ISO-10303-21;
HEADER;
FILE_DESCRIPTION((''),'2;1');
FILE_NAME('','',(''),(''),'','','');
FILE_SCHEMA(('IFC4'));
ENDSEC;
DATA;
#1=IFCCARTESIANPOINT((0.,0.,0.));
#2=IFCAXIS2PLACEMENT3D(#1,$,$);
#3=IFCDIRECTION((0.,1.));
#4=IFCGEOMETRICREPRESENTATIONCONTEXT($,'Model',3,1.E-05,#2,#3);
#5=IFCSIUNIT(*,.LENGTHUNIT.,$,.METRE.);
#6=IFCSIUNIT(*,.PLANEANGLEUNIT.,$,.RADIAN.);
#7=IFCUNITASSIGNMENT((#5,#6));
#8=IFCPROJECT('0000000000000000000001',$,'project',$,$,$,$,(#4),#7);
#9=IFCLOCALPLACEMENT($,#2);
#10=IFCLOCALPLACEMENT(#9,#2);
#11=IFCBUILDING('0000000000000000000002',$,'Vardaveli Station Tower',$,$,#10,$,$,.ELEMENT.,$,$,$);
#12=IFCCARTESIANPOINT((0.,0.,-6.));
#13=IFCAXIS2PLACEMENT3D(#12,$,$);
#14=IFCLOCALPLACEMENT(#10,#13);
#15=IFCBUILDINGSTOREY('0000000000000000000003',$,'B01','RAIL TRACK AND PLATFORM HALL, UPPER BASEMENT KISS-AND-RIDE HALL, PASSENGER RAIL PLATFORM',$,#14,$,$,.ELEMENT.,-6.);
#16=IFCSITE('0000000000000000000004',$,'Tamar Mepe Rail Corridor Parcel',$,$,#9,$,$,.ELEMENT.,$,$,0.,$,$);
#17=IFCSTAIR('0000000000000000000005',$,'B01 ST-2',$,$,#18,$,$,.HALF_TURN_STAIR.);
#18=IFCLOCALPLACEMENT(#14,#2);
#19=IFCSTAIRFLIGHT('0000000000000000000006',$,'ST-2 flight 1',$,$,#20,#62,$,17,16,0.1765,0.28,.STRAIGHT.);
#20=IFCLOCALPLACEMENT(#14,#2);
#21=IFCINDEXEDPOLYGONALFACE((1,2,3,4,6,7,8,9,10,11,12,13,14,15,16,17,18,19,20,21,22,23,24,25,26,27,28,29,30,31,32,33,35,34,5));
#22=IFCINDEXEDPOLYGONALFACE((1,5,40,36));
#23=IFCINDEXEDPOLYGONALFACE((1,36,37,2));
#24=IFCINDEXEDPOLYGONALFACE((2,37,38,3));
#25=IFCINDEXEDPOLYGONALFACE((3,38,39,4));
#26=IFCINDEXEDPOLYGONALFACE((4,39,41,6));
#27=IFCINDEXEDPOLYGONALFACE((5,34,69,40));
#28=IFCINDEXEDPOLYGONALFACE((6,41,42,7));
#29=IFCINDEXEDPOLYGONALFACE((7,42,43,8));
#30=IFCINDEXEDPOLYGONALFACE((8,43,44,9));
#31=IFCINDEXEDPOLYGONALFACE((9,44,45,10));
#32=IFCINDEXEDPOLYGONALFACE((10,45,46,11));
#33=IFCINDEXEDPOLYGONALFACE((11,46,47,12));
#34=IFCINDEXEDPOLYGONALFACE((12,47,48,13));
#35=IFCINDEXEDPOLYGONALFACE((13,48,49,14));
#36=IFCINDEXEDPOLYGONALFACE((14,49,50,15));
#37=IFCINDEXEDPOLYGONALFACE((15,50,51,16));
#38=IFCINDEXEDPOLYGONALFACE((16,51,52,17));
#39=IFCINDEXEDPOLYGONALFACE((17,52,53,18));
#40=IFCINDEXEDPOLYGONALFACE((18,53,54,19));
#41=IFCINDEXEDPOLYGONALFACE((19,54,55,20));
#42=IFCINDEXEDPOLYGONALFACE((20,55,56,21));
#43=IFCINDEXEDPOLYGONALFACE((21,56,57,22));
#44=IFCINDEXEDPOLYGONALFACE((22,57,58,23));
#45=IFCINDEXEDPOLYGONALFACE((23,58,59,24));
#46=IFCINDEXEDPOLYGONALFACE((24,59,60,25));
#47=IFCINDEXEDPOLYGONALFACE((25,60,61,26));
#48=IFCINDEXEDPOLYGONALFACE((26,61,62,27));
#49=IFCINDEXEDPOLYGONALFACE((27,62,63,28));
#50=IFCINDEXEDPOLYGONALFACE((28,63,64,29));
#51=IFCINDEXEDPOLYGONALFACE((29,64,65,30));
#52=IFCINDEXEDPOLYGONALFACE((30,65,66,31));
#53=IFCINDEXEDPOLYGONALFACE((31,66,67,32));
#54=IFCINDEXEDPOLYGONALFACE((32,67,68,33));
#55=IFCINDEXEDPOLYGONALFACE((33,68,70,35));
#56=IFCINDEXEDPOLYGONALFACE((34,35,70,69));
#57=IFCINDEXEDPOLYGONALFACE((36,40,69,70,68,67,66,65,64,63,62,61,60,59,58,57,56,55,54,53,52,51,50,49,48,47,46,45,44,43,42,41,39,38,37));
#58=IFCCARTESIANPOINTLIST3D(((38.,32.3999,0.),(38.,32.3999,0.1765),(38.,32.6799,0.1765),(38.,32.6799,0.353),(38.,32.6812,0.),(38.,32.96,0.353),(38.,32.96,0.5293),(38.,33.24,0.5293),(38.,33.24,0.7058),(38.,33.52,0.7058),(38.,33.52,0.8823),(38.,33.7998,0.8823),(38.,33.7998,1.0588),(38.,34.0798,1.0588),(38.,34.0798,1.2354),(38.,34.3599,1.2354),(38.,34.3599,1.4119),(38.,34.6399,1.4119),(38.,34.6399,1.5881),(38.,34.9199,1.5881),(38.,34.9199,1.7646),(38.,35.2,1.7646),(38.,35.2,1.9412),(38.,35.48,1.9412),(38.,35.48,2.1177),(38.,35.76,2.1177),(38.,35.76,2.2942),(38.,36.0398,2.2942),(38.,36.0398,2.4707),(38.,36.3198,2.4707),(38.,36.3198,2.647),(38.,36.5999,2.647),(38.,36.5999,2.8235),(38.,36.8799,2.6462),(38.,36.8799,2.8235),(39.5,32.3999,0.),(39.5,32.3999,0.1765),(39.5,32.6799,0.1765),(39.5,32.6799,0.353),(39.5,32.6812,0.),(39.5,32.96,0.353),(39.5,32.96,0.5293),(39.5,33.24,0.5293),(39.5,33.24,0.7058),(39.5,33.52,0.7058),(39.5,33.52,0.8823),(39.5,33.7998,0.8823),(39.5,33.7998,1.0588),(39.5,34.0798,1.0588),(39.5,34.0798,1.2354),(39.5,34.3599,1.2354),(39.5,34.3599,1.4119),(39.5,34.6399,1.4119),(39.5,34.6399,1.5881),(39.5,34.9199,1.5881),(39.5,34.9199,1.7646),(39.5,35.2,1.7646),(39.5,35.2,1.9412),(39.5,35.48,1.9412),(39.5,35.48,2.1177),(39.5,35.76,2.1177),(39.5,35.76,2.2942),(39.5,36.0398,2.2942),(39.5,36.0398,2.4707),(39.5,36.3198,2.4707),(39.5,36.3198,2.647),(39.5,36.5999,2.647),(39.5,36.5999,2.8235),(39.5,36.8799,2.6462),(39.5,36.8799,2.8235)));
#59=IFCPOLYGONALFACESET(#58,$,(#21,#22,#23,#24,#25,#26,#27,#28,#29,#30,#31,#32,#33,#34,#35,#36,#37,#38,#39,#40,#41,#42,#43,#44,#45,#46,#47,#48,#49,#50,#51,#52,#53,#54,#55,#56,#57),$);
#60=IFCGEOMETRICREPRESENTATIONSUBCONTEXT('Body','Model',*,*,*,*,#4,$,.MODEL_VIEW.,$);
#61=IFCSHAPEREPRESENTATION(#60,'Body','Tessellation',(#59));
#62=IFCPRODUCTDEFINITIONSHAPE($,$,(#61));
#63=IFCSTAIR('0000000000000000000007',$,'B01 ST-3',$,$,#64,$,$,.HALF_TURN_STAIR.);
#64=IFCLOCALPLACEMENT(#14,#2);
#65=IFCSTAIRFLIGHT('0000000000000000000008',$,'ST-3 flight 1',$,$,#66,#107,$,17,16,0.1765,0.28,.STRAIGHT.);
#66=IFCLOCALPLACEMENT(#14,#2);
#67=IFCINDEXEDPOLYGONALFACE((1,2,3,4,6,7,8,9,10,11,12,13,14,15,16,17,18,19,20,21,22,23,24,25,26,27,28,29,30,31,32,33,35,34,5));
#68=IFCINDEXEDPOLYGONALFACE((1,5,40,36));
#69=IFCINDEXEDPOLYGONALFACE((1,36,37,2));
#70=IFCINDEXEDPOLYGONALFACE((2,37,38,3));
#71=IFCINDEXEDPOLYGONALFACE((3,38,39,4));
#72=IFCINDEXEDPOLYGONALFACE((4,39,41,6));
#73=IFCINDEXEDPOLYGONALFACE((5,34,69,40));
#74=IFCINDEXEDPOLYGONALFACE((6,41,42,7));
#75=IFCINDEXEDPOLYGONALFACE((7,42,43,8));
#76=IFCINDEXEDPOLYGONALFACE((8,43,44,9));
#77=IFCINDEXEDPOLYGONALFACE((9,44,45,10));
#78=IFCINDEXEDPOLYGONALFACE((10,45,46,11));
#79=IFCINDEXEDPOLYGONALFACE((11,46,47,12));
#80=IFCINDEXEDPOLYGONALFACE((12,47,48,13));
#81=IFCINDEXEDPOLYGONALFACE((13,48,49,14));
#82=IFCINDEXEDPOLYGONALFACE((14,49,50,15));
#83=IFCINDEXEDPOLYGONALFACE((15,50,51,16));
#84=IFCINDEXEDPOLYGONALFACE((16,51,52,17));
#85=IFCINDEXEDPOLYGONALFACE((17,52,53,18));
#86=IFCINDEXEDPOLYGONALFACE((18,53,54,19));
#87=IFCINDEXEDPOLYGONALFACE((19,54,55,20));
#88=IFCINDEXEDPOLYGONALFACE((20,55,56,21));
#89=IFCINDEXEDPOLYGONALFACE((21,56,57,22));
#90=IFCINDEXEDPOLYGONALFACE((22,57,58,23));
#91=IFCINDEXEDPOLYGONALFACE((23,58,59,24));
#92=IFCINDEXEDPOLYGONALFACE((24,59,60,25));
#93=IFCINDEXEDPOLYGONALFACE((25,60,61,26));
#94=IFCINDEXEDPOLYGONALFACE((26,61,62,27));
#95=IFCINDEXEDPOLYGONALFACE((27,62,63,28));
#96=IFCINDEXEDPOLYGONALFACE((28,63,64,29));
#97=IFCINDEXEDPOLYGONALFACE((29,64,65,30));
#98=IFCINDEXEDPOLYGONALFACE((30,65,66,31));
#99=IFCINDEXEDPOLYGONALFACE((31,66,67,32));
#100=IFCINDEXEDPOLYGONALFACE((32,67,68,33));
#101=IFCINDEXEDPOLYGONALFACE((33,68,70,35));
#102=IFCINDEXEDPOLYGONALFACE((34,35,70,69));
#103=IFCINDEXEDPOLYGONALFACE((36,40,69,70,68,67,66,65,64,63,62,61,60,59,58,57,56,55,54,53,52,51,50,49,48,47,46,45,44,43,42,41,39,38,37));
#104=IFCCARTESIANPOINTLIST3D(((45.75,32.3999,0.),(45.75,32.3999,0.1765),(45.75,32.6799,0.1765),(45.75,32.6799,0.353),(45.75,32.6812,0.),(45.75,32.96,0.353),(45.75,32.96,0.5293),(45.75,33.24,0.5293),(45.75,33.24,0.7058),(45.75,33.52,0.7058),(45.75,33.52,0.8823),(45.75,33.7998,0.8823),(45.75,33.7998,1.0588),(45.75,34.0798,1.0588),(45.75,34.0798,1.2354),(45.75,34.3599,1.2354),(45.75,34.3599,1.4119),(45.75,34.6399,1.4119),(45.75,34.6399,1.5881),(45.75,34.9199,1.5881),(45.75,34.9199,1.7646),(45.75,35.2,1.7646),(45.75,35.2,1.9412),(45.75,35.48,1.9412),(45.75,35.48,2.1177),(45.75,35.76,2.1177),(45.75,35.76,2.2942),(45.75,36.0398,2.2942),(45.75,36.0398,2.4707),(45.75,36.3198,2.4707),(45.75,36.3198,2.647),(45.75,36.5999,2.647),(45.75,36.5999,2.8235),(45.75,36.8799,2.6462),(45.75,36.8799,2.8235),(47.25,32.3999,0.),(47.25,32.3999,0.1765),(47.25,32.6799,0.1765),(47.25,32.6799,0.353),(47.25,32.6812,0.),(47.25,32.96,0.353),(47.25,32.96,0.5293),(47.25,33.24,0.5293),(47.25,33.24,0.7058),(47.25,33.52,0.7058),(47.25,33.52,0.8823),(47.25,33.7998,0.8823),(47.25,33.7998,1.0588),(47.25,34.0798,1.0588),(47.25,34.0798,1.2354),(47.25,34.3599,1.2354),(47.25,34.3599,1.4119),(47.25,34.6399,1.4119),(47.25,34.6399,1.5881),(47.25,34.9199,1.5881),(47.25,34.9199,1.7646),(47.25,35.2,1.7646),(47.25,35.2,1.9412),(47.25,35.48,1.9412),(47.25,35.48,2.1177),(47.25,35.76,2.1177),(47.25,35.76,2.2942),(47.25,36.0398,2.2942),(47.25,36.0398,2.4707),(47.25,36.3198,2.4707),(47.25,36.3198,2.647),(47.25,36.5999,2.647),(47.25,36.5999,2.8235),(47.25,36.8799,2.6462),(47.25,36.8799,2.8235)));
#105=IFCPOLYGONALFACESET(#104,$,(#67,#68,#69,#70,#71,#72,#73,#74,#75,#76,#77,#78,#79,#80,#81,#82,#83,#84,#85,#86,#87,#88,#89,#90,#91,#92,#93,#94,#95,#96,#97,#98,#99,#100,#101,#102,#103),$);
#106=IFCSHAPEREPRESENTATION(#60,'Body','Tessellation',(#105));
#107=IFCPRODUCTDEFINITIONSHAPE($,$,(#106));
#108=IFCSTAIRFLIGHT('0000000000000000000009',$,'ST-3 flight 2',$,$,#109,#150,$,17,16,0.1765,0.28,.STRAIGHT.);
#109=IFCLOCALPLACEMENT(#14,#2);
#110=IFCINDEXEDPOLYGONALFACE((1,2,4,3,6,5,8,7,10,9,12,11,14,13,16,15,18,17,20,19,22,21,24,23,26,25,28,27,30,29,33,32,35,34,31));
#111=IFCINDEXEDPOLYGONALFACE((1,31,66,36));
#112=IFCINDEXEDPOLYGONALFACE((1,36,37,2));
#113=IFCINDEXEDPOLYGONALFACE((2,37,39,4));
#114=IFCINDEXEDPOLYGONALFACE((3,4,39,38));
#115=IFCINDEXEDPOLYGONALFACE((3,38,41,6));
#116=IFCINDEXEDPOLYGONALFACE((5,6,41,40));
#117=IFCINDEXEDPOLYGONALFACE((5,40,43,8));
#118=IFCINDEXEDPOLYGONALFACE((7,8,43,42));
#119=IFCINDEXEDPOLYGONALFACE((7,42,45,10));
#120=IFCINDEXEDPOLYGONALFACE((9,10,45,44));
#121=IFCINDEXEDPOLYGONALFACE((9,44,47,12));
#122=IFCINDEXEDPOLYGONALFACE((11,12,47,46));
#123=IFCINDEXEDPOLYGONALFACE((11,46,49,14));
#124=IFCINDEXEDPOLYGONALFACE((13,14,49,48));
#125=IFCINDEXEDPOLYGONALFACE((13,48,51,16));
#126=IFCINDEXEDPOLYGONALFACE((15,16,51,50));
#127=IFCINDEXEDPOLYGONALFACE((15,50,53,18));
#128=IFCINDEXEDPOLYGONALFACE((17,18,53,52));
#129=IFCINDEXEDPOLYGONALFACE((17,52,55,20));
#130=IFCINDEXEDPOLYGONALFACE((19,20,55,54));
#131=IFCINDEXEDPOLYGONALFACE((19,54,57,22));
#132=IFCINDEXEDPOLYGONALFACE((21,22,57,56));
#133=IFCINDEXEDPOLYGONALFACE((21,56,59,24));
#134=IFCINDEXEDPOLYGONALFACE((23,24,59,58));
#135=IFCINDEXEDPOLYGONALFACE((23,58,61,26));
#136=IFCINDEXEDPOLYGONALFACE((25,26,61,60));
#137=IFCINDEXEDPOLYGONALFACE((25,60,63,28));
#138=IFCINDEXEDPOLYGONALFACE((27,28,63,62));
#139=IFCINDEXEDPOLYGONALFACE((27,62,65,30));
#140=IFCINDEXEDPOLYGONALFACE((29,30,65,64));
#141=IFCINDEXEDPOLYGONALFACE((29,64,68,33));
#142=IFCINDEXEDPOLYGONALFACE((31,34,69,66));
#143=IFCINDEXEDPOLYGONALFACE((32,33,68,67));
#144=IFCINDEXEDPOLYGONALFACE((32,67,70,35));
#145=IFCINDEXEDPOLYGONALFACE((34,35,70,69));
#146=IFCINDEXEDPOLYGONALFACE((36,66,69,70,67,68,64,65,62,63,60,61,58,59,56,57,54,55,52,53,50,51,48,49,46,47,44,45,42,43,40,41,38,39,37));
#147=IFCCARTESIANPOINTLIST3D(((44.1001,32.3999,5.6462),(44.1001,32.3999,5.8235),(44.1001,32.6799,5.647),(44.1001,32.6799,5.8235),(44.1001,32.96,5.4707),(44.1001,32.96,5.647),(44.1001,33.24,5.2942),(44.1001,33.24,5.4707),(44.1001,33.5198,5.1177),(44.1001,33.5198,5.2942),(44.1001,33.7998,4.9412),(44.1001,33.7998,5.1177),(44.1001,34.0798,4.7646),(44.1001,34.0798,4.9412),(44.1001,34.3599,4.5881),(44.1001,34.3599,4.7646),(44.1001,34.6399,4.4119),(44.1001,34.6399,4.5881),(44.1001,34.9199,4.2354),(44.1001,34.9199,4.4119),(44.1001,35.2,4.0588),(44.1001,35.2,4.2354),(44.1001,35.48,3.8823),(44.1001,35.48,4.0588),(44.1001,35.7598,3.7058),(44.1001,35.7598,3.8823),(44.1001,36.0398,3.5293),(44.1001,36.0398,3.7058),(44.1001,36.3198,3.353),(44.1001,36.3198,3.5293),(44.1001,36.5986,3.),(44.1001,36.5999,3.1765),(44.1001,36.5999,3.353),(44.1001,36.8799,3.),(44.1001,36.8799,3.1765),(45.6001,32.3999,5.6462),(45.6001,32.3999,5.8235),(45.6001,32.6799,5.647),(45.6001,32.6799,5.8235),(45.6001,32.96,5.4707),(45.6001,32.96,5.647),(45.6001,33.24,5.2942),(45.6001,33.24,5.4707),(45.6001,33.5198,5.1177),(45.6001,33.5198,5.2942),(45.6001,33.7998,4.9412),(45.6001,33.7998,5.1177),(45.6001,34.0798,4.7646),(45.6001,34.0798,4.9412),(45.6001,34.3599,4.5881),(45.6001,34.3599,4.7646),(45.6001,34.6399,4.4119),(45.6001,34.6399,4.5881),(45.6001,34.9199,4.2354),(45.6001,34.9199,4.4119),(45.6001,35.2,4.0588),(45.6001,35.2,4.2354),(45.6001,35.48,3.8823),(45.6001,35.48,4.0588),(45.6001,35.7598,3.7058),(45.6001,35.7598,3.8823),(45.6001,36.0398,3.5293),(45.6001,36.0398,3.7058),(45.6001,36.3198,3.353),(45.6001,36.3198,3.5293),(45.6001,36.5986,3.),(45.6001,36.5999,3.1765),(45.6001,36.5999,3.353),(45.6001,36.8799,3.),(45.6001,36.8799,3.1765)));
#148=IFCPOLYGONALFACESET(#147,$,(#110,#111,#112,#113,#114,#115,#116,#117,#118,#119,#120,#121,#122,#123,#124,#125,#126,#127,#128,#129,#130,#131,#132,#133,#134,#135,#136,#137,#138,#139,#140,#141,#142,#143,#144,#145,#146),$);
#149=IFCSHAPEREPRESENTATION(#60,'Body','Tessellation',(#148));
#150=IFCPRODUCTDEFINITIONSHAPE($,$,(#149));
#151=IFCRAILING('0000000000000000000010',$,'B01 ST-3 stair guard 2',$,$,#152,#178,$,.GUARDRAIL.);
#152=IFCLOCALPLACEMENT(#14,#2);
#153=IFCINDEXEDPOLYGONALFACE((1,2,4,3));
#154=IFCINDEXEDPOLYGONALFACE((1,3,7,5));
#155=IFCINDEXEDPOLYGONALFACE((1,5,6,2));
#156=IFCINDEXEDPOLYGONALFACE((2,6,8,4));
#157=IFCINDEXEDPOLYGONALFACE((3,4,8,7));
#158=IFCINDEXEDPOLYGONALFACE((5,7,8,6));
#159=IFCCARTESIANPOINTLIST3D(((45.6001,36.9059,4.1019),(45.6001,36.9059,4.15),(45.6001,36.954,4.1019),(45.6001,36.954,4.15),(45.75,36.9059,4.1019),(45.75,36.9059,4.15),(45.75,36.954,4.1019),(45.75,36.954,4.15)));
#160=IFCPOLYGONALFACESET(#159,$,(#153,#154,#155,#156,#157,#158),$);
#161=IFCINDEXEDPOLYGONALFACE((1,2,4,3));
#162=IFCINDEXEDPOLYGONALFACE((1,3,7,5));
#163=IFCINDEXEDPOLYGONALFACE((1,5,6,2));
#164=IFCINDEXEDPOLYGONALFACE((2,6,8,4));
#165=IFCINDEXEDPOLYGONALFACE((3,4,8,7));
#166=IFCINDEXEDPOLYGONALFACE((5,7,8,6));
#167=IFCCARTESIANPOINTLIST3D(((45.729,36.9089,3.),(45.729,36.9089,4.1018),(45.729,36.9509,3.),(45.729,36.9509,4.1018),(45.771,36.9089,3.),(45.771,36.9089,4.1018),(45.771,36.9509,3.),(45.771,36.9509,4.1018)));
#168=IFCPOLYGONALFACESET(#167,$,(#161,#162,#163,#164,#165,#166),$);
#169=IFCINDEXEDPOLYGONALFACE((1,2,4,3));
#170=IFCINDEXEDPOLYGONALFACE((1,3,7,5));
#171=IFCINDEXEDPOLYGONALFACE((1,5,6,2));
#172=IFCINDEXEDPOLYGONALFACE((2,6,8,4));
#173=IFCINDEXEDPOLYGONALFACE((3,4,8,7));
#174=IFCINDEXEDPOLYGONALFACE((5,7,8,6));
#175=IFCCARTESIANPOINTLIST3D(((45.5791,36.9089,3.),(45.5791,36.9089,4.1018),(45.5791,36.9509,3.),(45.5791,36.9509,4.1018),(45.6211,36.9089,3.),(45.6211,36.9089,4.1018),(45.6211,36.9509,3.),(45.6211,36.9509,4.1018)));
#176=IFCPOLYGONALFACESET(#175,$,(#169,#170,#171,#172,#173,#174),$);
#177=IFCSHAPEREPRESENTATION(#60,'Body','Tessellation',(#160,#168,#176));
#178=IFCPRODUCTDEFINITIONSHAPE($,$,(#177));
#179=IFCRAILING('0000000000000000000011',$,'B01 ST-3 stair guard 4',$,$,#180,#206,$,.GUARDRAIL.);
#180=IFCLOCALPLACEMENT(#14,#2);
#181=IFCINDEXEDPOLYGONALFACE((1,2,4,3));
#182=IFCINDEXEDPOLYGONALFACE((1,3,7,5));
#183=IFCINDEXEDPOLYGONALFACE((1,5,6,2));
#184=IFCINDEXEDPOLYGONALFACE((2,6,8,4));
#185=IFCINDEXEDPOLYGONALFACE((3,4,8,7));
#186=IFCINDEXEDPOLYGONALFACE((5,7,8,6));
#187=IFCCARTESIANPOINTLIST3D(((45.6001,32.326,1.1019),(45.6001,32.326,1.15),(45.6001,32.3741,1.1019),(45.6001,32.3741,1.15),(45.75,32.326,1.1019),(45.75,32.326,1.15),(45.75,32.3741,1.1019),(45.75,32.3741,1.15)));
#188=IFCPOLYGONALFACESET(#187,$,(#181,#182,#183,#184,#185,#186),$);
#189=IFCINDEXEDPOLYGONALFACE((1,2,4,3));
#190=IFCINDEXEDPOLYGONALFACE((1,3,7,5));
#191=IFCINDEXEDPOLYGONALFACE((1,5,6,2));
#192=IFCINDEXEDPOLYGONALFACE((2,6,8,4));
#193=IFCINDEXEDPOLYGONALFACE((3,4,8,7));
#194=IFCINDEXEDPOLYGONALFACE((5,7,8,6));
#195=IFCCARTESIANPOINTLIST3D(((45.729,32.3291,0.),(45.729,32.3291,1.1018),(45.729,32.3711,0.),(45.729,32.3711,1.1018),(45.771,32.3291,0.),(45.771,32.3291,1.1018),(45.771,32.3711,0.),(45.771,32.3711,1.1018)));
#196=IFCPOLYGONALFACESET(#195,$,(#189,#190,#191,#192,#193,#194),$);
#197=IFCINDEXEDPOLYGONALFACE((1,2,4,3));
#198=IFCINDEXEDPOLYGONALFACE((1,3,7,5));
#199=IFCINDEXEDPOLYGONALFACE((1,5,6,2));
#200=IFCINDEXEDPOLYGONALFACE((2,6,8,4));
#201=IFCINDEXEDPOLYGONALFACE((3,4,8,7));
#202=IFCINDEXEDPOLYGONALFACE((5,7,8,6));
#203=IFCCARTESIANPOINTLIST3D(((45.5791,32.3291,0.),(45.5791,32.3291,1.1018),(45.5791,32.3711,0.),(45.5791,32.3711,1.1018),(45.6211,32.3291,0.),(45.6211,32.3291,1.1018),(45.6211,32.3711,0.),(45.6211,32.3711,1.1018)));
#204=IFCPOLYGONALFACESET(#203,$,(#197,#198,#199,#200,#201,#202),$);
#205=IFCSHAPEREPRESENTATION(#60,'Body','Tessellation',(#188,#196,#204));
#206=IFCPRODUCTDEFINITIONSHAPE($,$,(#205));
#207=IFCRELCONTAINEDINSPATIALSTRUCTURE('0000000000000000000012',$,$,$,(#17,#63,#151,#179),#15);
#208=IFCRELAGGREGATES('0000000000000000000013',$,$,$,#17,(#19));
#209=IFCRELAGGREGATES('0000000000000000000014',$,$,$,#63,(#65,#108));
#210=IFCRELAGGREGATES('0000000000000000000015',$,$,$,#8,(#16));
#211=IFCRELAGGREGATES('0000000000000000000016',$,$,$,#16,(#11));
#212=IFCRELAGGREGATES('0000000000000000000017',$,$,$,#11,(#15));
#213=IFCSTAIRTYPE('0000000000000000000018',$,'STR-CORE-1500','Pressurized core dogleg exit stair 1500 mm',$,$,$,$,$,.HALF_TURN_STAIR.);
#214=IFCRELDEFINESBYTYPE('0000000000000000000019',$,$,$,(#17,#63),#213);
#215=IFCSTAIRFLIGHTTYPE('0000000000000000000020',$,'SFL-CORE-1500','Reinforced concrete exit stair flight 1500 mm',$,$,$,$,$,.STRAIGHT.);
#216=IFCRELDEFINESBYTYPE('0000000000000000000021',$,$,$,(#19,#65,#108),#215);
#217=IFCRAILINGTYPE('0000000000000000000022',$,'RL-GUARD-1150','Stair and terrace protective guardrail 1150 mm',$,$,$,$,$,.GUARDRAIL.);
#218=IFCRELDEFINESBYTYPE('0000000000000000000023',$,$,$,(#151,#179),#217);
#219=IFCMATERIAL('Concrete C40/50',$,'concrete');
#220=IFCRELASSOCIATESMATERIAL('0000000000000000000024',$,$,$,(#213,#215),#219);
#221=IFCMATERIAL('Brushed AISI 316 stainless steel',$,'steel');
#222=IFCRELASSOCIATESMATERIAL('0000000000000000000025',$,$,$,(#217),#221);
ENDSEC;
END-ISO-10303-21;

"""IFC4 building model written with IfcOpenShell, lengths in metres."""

from ifc_helpers import new_model, si_unit, direction, frame, origin, origin_2d, place, context, subcontext, project, spatial, polyline, rectangle, outline, extrude, source, transform, mapped, material, type_object, element, aggregate, save


model = new_model("IFC4")

# Units and contexts
model_context = context("Model", 3, precision=1e-05, world=origin(), true_north=direction((0.0, 1.0)))
body_context = subcontext(model_context, "Body", "Model", "MODEL_VIEW")
ifc_project = project(units=[si_unit("LENGTHUNIT", "METRE"), si_unit("PLANEANGLEUNIT", "RADIAN")], contexts=[model_context])

# Site, building, storey
site_placement = place(None, origin())
site = spatial("IfcSite", under=ifc_project, at=site_placement, Name="Tamar Mepe Rail Corridor Parcel", CompositionType="ELEMENT", RefElevation=0.0)
building_placement = place(site_placement, origin())
building = spatial("IfcBuilding", under=site, at=building_placement, Name="Vardaveli Station Tower", CompositionType="ELEMENT")
storey_placement = place(building_placement, frame((0.0, 0.0, -6.0)))
storey = spatial("IfcBuildingStorey", under=building, at=storey_placement, Name="B01", Description="RAIL TRACK AND PLATFORM HALL, UPPER BASEMENT KISS-AND-RIDE HALL, PASSENGER RAIL PLATFORM", CompositionType="ELEMENT", Elevation=-6.0)

# Shared definitions
ifc_material_1 = material(Name="Concrete C40/50", Category="concrete")

# Stair, stair flight
stair_type = type_object("IfcStairType", Name="STR-CORE-1500", Description="Pressurized core dogleg exit stair 1500 mm", PredefinedType="HALF_TURN_STAIR", material=ifc_material_1)
stair_1_placement = place(storey_placement, origin())
stair_1 = element("IfcStair", 1, at=stair_1_placement, inside=storey, type_object=stair_type, Name="B01 ST-2", PredefinedType="HALF_TURN_STAIR")
stair_flight_type = type_object("IfcStairFlightType", Name="SFL-CORE-1500", Description="Reinforced concrete exit stair flight 1500 mm", PredefinedType="STRAIGHT", material=ifc_material_1)
shared_shape_1 = source(origin(), body_context, "Body", "SweptSolid", [
    extrude(outline(polyline([(0.0, 0.0), (0.0, 0.1765), (0.28, 0.1765), (0.28, 0.353), (0.5601, 0.353), (0.5601, 0.5293), (0.8401, 0.5293), (0.8401, 0.7058), (1.1201, 0.7058), (1.1201, 0.8823), (1.3999, 0.8823), (1.3999, 1.0588), (1.6799, 1.0588), (1.6799, 1.2354), (1.96, 1.2354), (1.96, 1.4119), (2.24, 1.4119), (2.24, 1.5881), (2.52, 1.5881), (2.52, 1.7646), (2.8, 1.7646), (2.8, 1.9412), (3.0801, 1.9412), (3.0801, 2.1177), (3.3601, 2.1177), (3.3601, 2.2942), (3.6399, 2.2942), (3.6399, 2.4707), (3.9199, 2.4707), (3.9199, 2.647), (4.2, 2.647), (4.2, 2.8235), (4.48, 2.8235), (4.48, 3.0), (4.48, 2.6462), (0.2812, 0.0), (0.0, 0.0)])), frame((0.0, 0.75, 0.0), z_axis=(0.0, -1.0, 0.0), x_axis=(1.0, 0.0, 0.0)), (0.0, 0.0, 1.0), 1.5),
])
stair_flight_1_placement = place(storey_placement, frame((38.75, 32.3999, 0.0), z_axis=(0.0, 0.0, 1.0), x_axis=(0.0, 1.0, 0.0)))
stair_flight_1 = element("IfcStairFlight", 2, at=stair_flight_1_placement, type_object=stair_flight_type, Name="ST-2 flight 1", NumberOfRisers=17, NumberOfTreads=16, PredefinedType="STRAIGHT", RiserHeight=0.1765, TreadLength=0.28, context=body_context, shape_type="MappedRepresentation", body=[
    mapped(shared_shape_1, transform((0.0, 0.0, 0.0), scale=1.0)),
])
aggregate(stair_1, [stair_flight_1])

# Stair, stair flights
stair_2_placement = place(storey_placement, origin())
stair_2 = element("IfcStair", 3, at=stair_2_placement, inside=storey, type_object=stair_type, Name="B01 ST-3", PredefinedType="HALF_TURN_STAIR")
stair_flight_2_placement = place(storey_placement, frame((46.5, 32.3999, 0.0), z_axis=(0.0, 0.0, 1.0), x_axis=(0.0, 1.0, 0.0)))
stair_flight_2 = element("IfcStairFlight", 4, at=stair_flight_2_placement, type_object=stair_flight_type, Name="ST-3 flight 1", NumberOfRisers=17, NumberOfTreads=16, PredefinedType="STRAIGHT", RiserHeight=0.1765, TreadLength=0.28, context=body_context, shape_type="MappedRepresentation", body=[
    mapped(shared_shape_1, transform((0.0, 0.0, 0.0), scale=1.0)),
])
stair_flight_3_placement = place(storey_placement, frame((44.8501, 36.8799, 3.0), z_axis=(0.0, 0.0, 1.0), x_axis=(0.0, -1.0, 0.0)))
stair_flight_3 = element("IfcStairFlight", 5, at=stair_flight_3_placement, type_object=stair_flight_type, Name="ST-3 flight 2", NumberOfRisers=17, NumberOfTreads=16, PredefinedType="STRAIGHT", RiserHeight=0.1765, TreadLength=0.28, context=body_context, shape_type="MappedRepresentation", body=[
    mapped(shared_shape_1, transform((0.0, 0.0, 0.0), scale=1.0)),
])
aggregate(stair_2, [stair_flight_2, stair_flight_3])

# Railings
ifc_material_2 = material(Name="Brushed AISI 316 stainless steel", Category="steel")
railing_type_1 = type_object("IfcRailingType", Name="RL-GUARD-1150", Description="Stair and terrace protective guardrail 1150 mm", PredefinedType="GUARDRAIL", material=ifc_material_2)
shared_shape_2 = source(origin(), body_context, "Body", "SweptSolid", [
    extrude(rectangle(XDim=0.0481, YDim=0.0481, at=origin_2d()), frame((0.0, 0.0, 1.126), z_axis=(-1.0, 0.0, 0.0), x_axis=(0.0, -1.0, 0.0)), (0.0, 0.0, 1.0), 0.1499),
    extrude(rectangle(XDim=0.042, YDim=0.042, at=origin_2d()), origin(), (0.0, 0.0, 1.0), 1.1018),
    extrude(rectangle(XDim=0.042, YDim=0.042, at=origin_2d()), frame((-0.1499, 0.0, 0.0)), (0.0, 0.0, 1.0), 1.1018),
])
for number, where, name in (
    (6, (45.75, 36.9299, 3.0), "B01 ST-3 stair guard 2"),
    (7, (45.75, 32.3501, 0.0), "B01 ST-3 stair guard 4"),
):
    element("IfcRailing", number, at=place(storey_placement, frame(where)), inside=storey, type_object=railing_type_1, Name=name, PredefinedType="GUARDRAIL", context=body_context, shape_type="MappedRepresentation", body=[
        mapped(shared_shape_2, transform((0.0, 0.0, 0.0), scale=1.0)),
    ])

save(model, "model.ifc")
